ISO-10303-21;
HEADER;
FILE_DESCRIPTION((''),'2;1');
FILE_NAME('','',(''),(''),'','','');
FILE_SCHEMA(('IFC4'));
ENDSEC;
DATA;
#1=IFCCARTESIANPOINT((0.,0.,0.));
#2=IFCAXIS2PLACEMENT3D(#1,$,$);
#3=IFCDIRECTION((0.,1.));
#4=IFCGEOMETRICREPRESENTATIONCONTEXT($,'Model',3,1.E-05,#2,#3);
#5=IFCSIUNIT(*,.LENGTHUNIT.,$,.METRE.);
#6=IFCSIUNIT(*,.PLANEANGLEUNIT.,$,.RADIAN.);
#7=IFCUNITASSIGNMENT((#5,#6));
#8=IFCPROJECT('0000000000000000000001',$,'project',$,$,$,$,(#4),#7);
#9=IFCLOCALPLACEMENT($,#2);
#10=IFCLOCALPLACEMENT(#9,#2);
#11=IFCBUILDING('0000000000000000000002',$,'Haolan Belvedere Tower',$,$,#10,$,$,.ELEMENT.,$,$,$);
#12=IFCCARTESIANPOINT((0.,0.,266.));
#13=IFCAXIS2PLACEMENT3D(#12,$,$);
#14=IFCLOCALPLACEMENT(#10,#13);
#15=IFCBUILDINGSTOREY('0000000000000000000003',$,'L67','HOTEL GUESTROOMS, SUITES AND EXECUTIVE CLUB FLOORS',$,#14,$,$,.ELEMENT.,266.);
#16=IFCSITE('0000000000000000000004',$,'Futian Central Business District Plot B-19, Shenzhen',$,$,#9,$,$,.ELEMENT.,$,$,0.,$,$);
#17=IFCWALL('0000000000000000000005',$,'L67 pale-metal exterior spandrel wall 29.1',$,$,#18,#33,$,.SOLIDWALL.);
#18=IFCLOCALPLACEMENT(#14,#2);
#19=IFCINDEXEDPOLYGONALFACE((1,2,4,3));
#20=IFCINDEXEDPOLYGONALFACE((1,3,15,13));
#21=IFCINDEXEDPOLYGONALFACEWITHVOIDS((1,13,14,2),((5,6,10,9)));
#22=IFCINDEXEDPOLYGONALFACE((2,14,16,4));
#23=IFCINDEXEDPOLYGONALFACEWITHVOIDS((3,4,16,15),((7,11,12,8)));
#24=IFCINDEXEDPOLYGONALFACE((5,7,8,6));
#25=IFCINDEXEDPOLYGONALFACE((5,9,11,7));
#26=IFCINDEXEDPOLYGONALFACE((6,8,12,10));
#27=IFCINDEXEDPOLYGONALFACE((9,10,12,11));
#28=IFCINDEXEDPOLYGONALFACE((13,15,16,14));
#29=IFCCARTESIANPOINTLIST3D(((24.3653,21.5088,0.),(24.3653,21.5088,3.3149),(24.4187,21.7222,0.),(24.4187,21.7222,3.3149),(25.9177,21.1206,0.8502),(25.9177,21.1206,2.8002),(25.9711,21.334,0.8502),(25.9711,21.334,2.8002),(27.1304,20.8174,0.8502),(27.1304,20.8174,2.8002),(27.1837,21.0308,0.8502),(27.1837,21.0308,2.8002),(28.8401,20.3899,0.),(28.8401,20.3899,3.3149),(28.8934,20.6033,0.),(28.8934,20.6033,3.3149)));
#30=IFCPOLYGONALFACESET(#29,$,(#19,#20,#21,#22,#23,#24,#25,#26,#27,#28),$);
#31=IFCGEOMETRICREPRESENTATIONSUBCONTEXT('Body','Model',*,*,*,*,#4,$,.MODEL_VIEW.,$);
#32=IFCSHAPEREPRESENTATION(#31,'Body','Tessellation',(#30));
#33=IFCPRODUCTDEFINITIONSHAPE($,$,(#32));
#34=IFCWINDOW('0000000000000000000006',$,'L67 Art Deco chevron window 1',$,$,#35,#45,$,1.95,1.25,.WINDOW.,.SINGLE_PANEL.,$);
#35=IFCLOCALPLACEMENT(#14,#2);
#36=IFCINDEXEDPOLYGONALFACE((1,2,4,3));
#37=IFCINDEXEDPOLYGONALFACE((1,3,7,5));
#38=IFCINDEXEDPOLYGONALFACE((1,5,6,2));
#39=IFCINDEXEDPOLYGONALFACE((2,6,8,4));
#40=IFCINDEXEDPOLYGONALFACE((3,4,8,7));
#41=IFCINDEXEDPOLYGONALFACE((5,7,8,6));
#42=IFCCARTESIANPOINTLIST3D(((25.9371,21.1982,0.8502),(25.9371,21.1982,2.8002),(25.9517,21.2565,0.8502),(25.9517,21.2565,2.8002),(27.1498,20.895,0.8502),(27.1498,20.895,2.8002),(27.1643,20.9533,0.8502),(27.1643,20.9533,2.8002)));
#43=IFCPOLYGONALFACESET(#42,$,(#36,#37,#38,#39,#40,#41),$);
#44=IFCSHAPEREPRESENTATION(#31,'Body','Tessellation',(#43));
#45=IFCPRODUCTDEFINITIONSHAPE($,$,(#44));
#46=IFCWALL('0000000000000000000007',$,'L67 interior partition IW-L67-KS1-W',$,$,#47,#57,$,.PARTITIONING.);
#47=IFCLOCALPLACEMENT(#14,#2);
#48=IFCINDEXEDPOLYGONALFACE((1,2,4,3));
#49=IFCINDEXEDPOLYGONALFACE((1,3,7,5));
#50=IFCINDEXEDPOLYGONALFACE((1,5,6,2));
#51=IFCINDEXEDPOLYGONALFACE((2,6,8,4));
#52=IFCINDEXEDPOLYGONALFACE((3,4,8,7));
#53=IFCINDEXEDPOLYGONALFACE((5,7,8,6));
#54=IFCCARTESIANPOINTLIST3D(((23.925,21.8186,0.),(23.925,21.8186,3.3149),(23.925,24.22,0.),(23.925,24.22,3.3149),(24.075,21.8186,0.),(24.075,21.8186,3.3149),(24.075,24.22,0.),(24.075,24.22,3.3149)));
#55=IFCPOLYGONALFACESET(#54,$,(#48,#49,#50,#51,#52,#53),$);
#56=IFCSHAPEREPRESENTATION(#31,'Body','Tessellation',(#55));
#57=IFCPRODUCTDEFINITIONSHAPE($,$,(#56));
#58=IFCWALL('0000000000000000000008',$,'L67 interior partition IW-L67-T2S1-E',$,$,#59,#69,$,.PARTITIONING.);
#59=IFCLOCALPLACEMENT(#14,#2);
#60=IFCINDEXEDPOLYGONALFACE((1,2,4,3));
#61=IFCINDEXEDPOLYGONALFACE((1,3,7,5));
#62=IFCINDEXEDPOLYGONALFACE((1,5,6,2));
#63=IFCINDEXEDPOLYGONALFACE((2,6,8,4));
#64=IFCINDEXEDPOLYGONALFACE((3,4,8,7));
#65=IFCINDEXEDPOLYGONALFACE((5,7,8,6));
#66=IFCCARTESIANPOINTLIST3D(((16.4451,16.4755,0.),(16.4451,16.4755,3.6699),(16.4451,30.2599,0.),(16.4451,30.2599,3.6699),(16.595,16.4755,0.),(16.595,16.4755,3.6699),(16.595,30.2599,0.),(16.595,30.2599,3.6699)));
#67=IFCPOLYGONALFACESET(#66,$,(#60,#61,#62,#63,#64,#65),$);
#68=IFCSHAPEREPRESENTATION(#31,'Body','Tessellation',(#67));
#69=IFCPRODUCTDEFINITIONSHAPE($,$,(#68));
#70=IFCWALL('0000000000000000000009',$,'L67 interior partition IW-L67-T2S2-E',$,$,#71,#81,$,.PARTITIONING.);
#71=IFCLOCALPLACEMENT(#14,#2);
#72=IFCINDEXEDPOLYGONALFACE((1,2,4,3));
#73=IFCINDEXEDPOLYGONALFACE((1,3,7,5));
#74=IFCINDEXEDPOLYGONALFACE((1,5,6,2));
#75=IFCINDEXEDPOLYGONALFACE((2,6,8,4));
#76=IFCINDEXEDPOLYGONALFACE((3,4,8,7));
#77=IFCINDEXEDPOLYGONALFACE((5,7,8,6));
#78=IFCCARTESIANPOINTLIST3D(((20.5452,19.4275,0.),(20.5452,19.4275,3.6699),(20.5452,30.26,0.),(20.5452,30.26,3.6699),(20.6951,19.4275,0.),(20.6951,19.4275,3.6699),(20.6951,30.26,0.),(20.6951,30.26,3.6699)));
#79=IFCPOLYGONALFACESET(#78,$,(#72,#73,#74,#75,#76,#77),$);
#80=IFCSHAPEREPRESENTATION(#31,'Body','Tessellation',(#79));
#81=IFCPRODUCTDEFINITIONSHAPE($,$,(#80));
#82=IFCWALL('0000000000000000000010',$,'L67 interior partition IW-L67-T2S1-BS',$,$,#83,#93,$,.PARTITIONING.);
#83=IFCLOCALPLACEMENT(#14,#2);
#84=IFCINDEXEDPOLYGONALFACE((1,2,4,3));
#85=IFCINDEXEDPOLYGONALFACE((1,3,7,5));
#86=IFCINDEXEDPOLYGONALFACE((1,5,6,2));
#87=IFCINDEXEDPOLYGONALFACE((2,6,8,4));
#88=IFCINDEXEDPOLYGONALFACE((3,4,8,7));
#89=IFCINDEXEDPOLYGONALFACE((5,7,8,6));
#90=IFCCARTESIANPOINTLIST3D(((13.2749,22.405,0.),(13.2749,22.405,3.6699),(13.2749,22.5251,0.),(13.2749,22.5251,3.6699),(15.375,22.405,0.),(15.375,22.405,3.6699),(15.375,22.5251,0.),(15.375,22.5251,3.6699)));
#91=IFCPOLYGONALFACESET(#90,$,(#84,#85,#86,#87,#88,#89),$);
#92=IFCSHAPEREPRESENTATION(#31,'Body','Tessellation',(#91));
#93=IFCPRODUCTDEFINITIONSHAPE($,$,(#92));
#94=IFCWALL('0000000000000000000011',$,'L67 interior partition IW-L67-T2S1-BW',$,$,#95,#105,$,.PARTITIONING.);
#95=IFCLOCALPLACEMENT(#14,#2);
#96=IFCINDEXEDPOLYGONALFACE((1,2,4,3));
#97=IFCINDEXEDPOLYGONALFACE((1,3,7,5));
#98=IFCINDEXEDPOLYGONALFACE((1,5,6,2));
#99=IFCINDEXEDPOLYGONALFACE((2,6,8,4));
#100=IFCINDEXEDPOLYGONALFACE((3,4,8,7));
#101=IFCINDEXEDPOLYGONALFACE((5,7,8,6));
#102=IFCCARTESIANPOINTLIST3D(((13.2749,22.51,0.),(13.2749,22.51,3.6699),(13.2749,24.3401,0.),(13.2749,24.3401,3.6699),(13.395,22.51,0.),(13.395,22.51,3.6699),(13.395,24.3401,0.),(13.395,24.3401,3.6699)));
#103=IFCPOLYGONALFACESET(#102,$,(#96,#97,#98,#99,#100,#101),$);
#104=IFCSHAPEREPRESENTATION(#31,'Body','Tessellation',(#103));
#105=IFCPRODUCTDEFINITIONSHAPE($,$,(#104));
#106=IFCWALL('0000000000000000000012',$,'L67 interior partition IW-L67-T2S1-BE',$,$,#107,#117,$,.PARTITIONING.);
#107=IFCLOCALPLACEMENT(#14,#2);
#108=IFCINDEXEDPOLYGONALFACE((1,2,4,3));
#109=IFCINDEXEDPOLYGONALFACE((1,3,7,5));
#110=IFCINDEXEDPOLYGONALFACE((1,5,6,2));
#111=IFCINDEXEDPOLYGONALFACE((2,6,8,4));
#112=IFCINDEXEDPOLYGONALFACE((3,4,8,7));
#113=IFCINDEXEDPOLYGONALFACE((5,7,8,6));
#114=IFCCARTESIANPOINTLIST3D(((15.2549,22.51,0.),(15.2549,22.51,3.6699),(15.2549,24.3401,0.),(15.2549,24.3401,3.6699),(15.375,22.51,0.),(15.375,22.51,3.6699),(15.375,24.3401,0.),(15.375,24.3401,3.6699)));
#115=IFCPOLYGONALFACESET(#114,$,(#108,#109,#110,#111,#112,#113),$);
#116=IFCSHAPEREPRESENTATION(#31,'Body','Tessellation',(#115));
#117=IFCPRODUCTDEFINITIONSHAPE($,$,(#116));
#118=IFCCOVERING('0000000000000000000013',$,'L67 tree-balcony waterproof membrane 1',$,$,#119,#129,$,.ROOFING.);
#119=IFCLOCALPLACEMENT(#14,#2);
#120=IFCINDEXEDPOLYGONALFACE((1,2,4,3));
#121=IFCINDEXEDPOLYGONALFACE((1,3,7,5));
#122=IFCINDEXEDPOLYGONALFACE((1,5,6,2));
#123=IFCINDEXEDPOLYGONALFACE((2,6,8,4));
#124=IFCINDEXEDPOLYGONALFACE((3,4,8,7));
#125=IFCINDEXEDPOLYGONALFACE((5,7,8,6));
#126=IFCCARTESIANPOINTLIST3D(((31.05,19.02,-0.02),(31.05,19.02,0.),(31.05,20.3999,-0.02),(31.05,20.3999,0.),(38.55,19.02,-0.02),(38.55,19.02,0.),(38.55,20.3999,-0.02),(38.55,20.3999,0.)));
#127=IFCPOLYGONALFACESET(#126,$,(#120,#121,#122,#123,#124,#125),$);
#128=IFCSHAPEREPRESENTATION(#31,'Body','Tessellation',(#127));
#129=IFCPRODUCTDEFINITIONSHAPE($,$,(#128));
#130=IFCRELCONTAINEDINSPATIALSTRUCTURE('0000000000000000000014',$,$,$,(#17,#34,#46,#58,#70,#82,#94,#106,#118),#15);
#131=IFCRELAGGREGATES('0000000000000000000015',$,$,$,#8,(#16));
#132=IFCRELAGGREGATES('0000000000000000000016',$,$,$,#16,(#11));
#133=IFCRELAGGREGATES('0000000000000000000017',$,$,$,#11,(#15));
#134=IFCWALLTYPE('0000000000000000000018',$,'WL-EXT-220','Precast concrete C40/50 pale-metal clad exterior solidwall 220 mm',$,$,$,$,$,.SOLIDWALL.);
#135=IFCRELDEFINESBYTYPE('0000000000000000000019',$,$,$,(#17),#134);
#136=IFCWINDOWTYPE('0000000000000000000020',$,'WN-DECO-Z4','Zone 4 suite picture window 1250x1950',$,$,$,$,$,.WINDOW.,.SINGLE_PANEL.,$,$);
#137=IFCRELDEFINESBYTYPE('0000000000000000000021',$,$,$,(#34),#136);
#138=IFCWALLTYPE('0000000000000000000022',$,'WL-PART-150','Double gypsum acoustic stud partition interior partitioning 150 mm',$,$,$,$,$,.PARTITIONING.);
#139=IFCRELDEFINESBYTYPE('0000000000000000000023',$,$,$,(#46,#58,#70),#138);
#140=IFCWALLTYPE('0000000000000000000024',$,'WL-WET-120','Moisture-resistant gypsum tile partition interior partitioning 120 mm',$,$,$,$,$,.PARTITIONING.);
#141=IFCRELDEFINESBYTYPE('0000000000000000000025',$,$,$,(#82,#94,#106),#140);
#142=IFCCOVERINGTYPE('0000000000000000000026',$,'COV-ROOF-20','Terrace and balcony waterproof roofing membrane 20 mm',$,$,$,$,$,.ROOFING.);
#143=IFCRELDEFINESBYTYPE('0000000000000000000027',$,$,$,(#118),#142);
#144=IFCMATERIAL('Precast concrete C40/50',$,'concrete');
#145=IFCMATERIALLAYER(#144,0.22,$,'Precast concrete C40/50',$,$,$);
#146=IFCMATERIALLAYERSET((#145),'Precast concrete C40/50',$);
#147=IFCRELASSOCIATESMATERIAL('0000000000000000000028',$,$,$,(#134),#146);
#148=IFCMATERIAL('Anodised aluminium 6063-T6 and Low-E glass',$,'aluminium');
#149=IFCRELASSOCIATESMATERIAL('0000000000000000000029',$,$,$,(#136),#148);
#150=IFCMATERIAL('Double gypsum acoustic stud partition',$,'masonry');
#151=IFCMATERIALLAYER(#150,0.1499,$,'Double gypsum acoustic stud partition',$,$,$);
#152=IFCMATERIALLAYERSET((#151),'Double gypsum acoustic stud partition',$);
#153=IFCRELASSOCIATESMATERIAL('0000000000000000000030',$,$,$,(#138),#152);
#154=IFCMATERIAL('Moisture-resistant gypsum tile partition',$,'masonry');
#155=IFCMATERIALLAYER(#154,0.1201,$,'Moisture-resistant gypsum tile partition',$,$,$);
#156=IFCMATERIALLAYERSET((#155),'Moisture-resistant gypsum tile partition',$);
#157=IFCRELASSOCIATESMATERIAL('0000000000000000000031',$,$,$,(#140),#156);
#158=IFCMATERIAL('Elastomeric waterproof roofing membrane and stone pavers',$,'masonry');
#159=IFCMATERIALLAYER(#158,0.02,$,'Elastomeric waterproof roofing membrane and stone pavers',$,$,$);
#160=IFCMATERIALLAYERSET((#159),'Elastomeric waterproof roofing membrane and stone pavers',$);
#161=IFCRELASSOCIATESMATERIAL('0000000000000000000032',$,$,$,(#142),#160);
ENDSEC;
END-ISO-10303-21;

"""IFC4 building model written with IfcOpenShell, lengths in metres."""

from ifc_helpers import new_model, si_unit, direction, frame, frame_2d, origin, place, context, subcontext, project, spatial, polyline, rectangle, outline, extrude, material, layer, layer_set, type_object, element, fill, save


model = new_model("IFC4")

# Units and contexts
model_context = context("Model", 3, precision=1e-05, world=origin(), true_north=direction((0.0, 1.0)))
body_context = subcontext(model_context, "Body", "Model", "MODEL_VIEW")
ifc_project = project(units=[si_unit("LENGTHUNIT", "METRE"), si_unit("PLANEANGLEUNIT", "RADIAN")], contexts=[model_context])

# Site, building, storey
site_placement = place(None, origin())
site = spatial("IfcSite", under=ifc_project, at=site_placement, Name="Futian Central Business District Plot B-19, Shenzhen", CompositionType="ELEMENT", RefElevation=0.0)
building_placement = place(site_placement, origin())
building = spatial("IfcBuilding", under=site, at=building_placement, Name="Haolan Belvedere Tower", CompositionType="ELEMENT")
storey_placement = place(building_placement, frame((0.0, 0.0, 266.0)))
storey = spatial("IfcBuildingStorey", under=building, at=storey_placement, Name="L67", Description="HOTEL GUESTROOMS, SUITES AND EXECUTIVE CLUB FLOORS", CompositionType="ELEMENT", Elevation=266.0)

# Shared definitions
ifc_material_1 = material(Name="Precast concrete C40/50", Category="concrete")
ifc_layer_1 = layer(ifc_material_1, 0.22, Name="Precast concrete C40/50")
ifc_layer_set_1 = layer_set([ifc_layer_1], Name="Precast concrete C40/50")
wall_type_1 = type_object("IfcWallType", Name="WL-EXT-220", Description="Precast concrete C40/50 pale-metal clad exterior solidwall 220 mm", PredefinedType="SOLIDWALL", material=ifc_layer_set_1)

# Shared definitions
ifc_material_2 = material(Name="Anodised aluminium 6063-T6 and Low-E glass", Category="aluminium")
window_type = type_object("IfcWindowType", Name="WN-DECO-Z4", Description="Zone 4 suite picture window 1250x1950", PartitioningType="SINGLE_PANEL", PredefinedType="WINDOW", material=ifc_material_2)

# Wall, opening, window
wall_1_placement = place(storey_placement, frame((24.3921, 21.6155, 0.0), z_axis=(0.0, 0.0, 1.0), x_axis=(0.970133, -0.242573, 0.0)))
wall_1 = element("IfcWall", 1, at=wall_1_placement, inside=storey, type_object=wall_type_1, Name="L67 pale-metal exterior spandrel wall 29.1", PredefinedType="SOLIDWALL", context=body_context, shape_type="SweptSolid", body=[
    extrude(rectangle(XDim=4.6125, YDim=0.22, at=frame_2d((2.3062, 0.0))), origin(), (0.0, 0.0, 1.0), 3.3149),
])
opening_1_placement = place(wall_1_placement, frame((1.6001, 0.0, 0.8501)))
opening_1 = element("IfcOpeningElement", 2, at=opening_1_placement, cuts=wall_1, PredefinedType="OPENING", context=body_context, shape_type="SweptSolid", body=[
    extrude(rectangle(XDim=1.25, YDim=1.95, at=frame_2d((0.625, 0.9751))), frame((0.0, 0.1199, 0.0), z_axis=(0.0, -1.0, 0.0), x_axis=(1.0, 0.0, 0.0)), (0.0, 0.0, 1.0), 0.24),
])
window_1_placement = place(opening_1_placement, origin())
window_1 = element("IfcWindow", 3, at=window_1_placement, inside=storey, type_object=window_type, Name="L67 Art Deco chevron window 1", OverallHeight=1.95, OverallWidth=1.25, PartitioningType="SINGLE_PANEL", PredefinedType="WINDOW", context=body_context, shape_type="SweptSolid", body=[
    extrude(rectangle(XDim=1.25, YDim=1.95, at=frame_2d((0.625, 0.9751))), frame((0.0, 0.03, 0.0), z_axis=(0.0, -1.0, 0.0), x_axis=(1.0, 0.0, 0.0)), (0.0, 0.0, 1.0), 0.0601),
])
fill(opening_1, window_1)

# Walls
ifc_material_3 = material(Name="Double gypsum acoustic stud partition", Category="masonry")
ifc_layer_2 = layer(ifc_material_3, 0.1499, Name="Double gypsum acoustic stud partition")
ifc_layer_set_2 = layer_set([ifc_layer_2], Name="Double gypsum acoustic stud partition")
wall_type_2 = type_object("IfcWallType", Name="WL-PART-150", Description="Double gypsum acoustic stud partition interior partitioning 150 mm", PredefinedType="PARTITIONING", material=ifc_layer_set_2)
wall_2_placement = place(storey_placement, frame((24.0, 21.8186, 0.0), z_axis=(0.0, 0.0, 1.0), x_axis=(0.0, 1.0, 0.0)))
element("IfcWall", 4, at=wall_2_placement, inside=storey, type_object=wall_type_2, Name="L67 interior partition IW-L67-KS1-W", PredefinedType="PARTITIONING", context=body_context, shape_type="SweptSolid", body=[
    extrude(rectangle(XDim=2.4014, YDim=0.1499, at=frame_2d((1.2007, 0.0))), origin(), (0.0, 0.0, 1.0), 3.3149),
])
wall_3_placement = place(storey_placement, frame((16.52, 16.4756, 0.0), z_axis=(0.0, 0.0, 1.0), x_axis=(0.0, 1.0, 0.0)))
element("IfcWall", 5, at=wall_3_placement, inside=storey, type_object=wall_type_2, Name="L67 interior partition IW-L67-T2S1-E", PredefinedType="PARTITIONING", context=body_context, shape_type="SweptSolid", body=[
    extrude(rectangle(XDim=13.7844, YDim=0.1499, at=frame_2d((6.8921, 0.0))), origin(), (0.0, 0.0, 1.0), 3.6699),
])
wall_4_placement = place(storey_placement, frame((20.6201, 19.4275, 0.0), z_axis=(0.0, 0.0, 1.0), x_axis=(0.0, 1.0, 0.0)))
element("IfcWall", 6, at=wall_4_placement, inside=storey, type_object=wall_type_2, Name="L67 interior partition IW-L67-T2S2-E", PredefinedType="PARTITIONING", context=body_context, shape_type="SweptSolid", body=[
    extrude(rectangle(XDim=10.8325, YDim=0.1499, at=frame_2d((5.4163, 0.0))), origin(), (0.0, 0.0, 1.0), 3.6699),
])
ifc_material_4 = material(Name="Moisture-resistant gypsum tile partition", Category="masonry")
ifc_layer_3 = layer(ifc_material_4, 0.1201, Name="Moisture-resistant gypsum tile partition")
ifc_layer_set_3 = layer_set([ifc_layer_3], Name="Moisture-resistant gypsum tile partition")
wall_type_3 = type_object("IfcWallType", Name="WL-WET-120", Description="Moisture-resistant gypsum tile partition interior partitioning 120 mm", PredefinedType="PARTITIONING", material=ifc_layer_set_3)
wall_5_placement = place(storey_placement, frame((13.2749, 22.4651, 0.0), z_axis=(0.0, 0.0, 1.0), x_axis=(1.0, 0.0, 0.0)))
element("IfcWall", 7, at=wall_5_placement, inside=storey, type_object=wall_type_3, Name="L67 interior partition IW-L67-T2S1-BS", PredefinedType="PARTITIONING", context=body_context, shape_type="SweptSolid", body=[
    extrude(rectangle(XDim=2.1001, YDim=0.1201, at=frame_2d((1.05, 0.0))), origin(), (0.0, 0.0, 1.0), 3.6699),
])
for number, where, z_axis, x_axis, name in (
    (8, (13.335, 22.51, 0.0), (0.0, 0.0, 1.0), (0.0, 1.0, 0.0), "L67 interior partition IW-L67-T2S1-BW"),
    (9, (15.3149, 22.51, 0.0), (0.0, 0.0, 1.0), (0.0, 1.0, 0.0), "L67 interior partition IW-L67-T2S1-BE"),
):
    element("IfcWall", number, at=place(storey_placement, frame(where, z_axis=z_axis, x_axis=x_axis)), inside=storey, type_object=wall_type_3, Name=name, PredefinedType="PARTITIONING", context=body_context, shape_type="SweptSolid", body=[
        extrude(rectangle(XDim=1.8301, YDim=0.1201, at=frame_2d((0.915, 0.0))), origin(), (0.0, 0.0, 1.0), 3.6699),
    ])

# Covering
ifc_material_5 = material(Name="Elastomeric waterproof roofing membrane and stone pavers", Category="masonry")
ifc_layer_4 = layer(ifc_material_5, 0.02, Name="Elastomeric waterproof roofing membrane and stone pavers")
ifc_layer_set_4 = layer_set([ifc_layer_4], Name="Elastomeric waterproof roofing membrane and stone pavers")
covering_type = type_object("IfcCoveringType", Name="COV-ROOF-20", Description="Terrace and balcony waterproof roofing membrane 20 mm", PredefinedType="ROOFING", material=ifc_layer_set_4)
covering_placement = place(storey_placement, frame((0.0, 0.0, -0.02)))
element("IfcCovering", 10, at=covering_placement, inside=storey, type_object=covering_type, Name="L67 tree-balcony waterproof membrane 1", PredefinedType="ROOFING", context=body_context, shape_type="SweptSolid", body=[
    extrude(outline(polyline([(31.05, 19.02), (38.55, 19.02), (38.55, 20.3999), (31.05, 20.3999), (31.05, 19.02)])), origin(), (0.0, 0.0, 1.0), 0.02),
])

save(model, "model.ifc")
